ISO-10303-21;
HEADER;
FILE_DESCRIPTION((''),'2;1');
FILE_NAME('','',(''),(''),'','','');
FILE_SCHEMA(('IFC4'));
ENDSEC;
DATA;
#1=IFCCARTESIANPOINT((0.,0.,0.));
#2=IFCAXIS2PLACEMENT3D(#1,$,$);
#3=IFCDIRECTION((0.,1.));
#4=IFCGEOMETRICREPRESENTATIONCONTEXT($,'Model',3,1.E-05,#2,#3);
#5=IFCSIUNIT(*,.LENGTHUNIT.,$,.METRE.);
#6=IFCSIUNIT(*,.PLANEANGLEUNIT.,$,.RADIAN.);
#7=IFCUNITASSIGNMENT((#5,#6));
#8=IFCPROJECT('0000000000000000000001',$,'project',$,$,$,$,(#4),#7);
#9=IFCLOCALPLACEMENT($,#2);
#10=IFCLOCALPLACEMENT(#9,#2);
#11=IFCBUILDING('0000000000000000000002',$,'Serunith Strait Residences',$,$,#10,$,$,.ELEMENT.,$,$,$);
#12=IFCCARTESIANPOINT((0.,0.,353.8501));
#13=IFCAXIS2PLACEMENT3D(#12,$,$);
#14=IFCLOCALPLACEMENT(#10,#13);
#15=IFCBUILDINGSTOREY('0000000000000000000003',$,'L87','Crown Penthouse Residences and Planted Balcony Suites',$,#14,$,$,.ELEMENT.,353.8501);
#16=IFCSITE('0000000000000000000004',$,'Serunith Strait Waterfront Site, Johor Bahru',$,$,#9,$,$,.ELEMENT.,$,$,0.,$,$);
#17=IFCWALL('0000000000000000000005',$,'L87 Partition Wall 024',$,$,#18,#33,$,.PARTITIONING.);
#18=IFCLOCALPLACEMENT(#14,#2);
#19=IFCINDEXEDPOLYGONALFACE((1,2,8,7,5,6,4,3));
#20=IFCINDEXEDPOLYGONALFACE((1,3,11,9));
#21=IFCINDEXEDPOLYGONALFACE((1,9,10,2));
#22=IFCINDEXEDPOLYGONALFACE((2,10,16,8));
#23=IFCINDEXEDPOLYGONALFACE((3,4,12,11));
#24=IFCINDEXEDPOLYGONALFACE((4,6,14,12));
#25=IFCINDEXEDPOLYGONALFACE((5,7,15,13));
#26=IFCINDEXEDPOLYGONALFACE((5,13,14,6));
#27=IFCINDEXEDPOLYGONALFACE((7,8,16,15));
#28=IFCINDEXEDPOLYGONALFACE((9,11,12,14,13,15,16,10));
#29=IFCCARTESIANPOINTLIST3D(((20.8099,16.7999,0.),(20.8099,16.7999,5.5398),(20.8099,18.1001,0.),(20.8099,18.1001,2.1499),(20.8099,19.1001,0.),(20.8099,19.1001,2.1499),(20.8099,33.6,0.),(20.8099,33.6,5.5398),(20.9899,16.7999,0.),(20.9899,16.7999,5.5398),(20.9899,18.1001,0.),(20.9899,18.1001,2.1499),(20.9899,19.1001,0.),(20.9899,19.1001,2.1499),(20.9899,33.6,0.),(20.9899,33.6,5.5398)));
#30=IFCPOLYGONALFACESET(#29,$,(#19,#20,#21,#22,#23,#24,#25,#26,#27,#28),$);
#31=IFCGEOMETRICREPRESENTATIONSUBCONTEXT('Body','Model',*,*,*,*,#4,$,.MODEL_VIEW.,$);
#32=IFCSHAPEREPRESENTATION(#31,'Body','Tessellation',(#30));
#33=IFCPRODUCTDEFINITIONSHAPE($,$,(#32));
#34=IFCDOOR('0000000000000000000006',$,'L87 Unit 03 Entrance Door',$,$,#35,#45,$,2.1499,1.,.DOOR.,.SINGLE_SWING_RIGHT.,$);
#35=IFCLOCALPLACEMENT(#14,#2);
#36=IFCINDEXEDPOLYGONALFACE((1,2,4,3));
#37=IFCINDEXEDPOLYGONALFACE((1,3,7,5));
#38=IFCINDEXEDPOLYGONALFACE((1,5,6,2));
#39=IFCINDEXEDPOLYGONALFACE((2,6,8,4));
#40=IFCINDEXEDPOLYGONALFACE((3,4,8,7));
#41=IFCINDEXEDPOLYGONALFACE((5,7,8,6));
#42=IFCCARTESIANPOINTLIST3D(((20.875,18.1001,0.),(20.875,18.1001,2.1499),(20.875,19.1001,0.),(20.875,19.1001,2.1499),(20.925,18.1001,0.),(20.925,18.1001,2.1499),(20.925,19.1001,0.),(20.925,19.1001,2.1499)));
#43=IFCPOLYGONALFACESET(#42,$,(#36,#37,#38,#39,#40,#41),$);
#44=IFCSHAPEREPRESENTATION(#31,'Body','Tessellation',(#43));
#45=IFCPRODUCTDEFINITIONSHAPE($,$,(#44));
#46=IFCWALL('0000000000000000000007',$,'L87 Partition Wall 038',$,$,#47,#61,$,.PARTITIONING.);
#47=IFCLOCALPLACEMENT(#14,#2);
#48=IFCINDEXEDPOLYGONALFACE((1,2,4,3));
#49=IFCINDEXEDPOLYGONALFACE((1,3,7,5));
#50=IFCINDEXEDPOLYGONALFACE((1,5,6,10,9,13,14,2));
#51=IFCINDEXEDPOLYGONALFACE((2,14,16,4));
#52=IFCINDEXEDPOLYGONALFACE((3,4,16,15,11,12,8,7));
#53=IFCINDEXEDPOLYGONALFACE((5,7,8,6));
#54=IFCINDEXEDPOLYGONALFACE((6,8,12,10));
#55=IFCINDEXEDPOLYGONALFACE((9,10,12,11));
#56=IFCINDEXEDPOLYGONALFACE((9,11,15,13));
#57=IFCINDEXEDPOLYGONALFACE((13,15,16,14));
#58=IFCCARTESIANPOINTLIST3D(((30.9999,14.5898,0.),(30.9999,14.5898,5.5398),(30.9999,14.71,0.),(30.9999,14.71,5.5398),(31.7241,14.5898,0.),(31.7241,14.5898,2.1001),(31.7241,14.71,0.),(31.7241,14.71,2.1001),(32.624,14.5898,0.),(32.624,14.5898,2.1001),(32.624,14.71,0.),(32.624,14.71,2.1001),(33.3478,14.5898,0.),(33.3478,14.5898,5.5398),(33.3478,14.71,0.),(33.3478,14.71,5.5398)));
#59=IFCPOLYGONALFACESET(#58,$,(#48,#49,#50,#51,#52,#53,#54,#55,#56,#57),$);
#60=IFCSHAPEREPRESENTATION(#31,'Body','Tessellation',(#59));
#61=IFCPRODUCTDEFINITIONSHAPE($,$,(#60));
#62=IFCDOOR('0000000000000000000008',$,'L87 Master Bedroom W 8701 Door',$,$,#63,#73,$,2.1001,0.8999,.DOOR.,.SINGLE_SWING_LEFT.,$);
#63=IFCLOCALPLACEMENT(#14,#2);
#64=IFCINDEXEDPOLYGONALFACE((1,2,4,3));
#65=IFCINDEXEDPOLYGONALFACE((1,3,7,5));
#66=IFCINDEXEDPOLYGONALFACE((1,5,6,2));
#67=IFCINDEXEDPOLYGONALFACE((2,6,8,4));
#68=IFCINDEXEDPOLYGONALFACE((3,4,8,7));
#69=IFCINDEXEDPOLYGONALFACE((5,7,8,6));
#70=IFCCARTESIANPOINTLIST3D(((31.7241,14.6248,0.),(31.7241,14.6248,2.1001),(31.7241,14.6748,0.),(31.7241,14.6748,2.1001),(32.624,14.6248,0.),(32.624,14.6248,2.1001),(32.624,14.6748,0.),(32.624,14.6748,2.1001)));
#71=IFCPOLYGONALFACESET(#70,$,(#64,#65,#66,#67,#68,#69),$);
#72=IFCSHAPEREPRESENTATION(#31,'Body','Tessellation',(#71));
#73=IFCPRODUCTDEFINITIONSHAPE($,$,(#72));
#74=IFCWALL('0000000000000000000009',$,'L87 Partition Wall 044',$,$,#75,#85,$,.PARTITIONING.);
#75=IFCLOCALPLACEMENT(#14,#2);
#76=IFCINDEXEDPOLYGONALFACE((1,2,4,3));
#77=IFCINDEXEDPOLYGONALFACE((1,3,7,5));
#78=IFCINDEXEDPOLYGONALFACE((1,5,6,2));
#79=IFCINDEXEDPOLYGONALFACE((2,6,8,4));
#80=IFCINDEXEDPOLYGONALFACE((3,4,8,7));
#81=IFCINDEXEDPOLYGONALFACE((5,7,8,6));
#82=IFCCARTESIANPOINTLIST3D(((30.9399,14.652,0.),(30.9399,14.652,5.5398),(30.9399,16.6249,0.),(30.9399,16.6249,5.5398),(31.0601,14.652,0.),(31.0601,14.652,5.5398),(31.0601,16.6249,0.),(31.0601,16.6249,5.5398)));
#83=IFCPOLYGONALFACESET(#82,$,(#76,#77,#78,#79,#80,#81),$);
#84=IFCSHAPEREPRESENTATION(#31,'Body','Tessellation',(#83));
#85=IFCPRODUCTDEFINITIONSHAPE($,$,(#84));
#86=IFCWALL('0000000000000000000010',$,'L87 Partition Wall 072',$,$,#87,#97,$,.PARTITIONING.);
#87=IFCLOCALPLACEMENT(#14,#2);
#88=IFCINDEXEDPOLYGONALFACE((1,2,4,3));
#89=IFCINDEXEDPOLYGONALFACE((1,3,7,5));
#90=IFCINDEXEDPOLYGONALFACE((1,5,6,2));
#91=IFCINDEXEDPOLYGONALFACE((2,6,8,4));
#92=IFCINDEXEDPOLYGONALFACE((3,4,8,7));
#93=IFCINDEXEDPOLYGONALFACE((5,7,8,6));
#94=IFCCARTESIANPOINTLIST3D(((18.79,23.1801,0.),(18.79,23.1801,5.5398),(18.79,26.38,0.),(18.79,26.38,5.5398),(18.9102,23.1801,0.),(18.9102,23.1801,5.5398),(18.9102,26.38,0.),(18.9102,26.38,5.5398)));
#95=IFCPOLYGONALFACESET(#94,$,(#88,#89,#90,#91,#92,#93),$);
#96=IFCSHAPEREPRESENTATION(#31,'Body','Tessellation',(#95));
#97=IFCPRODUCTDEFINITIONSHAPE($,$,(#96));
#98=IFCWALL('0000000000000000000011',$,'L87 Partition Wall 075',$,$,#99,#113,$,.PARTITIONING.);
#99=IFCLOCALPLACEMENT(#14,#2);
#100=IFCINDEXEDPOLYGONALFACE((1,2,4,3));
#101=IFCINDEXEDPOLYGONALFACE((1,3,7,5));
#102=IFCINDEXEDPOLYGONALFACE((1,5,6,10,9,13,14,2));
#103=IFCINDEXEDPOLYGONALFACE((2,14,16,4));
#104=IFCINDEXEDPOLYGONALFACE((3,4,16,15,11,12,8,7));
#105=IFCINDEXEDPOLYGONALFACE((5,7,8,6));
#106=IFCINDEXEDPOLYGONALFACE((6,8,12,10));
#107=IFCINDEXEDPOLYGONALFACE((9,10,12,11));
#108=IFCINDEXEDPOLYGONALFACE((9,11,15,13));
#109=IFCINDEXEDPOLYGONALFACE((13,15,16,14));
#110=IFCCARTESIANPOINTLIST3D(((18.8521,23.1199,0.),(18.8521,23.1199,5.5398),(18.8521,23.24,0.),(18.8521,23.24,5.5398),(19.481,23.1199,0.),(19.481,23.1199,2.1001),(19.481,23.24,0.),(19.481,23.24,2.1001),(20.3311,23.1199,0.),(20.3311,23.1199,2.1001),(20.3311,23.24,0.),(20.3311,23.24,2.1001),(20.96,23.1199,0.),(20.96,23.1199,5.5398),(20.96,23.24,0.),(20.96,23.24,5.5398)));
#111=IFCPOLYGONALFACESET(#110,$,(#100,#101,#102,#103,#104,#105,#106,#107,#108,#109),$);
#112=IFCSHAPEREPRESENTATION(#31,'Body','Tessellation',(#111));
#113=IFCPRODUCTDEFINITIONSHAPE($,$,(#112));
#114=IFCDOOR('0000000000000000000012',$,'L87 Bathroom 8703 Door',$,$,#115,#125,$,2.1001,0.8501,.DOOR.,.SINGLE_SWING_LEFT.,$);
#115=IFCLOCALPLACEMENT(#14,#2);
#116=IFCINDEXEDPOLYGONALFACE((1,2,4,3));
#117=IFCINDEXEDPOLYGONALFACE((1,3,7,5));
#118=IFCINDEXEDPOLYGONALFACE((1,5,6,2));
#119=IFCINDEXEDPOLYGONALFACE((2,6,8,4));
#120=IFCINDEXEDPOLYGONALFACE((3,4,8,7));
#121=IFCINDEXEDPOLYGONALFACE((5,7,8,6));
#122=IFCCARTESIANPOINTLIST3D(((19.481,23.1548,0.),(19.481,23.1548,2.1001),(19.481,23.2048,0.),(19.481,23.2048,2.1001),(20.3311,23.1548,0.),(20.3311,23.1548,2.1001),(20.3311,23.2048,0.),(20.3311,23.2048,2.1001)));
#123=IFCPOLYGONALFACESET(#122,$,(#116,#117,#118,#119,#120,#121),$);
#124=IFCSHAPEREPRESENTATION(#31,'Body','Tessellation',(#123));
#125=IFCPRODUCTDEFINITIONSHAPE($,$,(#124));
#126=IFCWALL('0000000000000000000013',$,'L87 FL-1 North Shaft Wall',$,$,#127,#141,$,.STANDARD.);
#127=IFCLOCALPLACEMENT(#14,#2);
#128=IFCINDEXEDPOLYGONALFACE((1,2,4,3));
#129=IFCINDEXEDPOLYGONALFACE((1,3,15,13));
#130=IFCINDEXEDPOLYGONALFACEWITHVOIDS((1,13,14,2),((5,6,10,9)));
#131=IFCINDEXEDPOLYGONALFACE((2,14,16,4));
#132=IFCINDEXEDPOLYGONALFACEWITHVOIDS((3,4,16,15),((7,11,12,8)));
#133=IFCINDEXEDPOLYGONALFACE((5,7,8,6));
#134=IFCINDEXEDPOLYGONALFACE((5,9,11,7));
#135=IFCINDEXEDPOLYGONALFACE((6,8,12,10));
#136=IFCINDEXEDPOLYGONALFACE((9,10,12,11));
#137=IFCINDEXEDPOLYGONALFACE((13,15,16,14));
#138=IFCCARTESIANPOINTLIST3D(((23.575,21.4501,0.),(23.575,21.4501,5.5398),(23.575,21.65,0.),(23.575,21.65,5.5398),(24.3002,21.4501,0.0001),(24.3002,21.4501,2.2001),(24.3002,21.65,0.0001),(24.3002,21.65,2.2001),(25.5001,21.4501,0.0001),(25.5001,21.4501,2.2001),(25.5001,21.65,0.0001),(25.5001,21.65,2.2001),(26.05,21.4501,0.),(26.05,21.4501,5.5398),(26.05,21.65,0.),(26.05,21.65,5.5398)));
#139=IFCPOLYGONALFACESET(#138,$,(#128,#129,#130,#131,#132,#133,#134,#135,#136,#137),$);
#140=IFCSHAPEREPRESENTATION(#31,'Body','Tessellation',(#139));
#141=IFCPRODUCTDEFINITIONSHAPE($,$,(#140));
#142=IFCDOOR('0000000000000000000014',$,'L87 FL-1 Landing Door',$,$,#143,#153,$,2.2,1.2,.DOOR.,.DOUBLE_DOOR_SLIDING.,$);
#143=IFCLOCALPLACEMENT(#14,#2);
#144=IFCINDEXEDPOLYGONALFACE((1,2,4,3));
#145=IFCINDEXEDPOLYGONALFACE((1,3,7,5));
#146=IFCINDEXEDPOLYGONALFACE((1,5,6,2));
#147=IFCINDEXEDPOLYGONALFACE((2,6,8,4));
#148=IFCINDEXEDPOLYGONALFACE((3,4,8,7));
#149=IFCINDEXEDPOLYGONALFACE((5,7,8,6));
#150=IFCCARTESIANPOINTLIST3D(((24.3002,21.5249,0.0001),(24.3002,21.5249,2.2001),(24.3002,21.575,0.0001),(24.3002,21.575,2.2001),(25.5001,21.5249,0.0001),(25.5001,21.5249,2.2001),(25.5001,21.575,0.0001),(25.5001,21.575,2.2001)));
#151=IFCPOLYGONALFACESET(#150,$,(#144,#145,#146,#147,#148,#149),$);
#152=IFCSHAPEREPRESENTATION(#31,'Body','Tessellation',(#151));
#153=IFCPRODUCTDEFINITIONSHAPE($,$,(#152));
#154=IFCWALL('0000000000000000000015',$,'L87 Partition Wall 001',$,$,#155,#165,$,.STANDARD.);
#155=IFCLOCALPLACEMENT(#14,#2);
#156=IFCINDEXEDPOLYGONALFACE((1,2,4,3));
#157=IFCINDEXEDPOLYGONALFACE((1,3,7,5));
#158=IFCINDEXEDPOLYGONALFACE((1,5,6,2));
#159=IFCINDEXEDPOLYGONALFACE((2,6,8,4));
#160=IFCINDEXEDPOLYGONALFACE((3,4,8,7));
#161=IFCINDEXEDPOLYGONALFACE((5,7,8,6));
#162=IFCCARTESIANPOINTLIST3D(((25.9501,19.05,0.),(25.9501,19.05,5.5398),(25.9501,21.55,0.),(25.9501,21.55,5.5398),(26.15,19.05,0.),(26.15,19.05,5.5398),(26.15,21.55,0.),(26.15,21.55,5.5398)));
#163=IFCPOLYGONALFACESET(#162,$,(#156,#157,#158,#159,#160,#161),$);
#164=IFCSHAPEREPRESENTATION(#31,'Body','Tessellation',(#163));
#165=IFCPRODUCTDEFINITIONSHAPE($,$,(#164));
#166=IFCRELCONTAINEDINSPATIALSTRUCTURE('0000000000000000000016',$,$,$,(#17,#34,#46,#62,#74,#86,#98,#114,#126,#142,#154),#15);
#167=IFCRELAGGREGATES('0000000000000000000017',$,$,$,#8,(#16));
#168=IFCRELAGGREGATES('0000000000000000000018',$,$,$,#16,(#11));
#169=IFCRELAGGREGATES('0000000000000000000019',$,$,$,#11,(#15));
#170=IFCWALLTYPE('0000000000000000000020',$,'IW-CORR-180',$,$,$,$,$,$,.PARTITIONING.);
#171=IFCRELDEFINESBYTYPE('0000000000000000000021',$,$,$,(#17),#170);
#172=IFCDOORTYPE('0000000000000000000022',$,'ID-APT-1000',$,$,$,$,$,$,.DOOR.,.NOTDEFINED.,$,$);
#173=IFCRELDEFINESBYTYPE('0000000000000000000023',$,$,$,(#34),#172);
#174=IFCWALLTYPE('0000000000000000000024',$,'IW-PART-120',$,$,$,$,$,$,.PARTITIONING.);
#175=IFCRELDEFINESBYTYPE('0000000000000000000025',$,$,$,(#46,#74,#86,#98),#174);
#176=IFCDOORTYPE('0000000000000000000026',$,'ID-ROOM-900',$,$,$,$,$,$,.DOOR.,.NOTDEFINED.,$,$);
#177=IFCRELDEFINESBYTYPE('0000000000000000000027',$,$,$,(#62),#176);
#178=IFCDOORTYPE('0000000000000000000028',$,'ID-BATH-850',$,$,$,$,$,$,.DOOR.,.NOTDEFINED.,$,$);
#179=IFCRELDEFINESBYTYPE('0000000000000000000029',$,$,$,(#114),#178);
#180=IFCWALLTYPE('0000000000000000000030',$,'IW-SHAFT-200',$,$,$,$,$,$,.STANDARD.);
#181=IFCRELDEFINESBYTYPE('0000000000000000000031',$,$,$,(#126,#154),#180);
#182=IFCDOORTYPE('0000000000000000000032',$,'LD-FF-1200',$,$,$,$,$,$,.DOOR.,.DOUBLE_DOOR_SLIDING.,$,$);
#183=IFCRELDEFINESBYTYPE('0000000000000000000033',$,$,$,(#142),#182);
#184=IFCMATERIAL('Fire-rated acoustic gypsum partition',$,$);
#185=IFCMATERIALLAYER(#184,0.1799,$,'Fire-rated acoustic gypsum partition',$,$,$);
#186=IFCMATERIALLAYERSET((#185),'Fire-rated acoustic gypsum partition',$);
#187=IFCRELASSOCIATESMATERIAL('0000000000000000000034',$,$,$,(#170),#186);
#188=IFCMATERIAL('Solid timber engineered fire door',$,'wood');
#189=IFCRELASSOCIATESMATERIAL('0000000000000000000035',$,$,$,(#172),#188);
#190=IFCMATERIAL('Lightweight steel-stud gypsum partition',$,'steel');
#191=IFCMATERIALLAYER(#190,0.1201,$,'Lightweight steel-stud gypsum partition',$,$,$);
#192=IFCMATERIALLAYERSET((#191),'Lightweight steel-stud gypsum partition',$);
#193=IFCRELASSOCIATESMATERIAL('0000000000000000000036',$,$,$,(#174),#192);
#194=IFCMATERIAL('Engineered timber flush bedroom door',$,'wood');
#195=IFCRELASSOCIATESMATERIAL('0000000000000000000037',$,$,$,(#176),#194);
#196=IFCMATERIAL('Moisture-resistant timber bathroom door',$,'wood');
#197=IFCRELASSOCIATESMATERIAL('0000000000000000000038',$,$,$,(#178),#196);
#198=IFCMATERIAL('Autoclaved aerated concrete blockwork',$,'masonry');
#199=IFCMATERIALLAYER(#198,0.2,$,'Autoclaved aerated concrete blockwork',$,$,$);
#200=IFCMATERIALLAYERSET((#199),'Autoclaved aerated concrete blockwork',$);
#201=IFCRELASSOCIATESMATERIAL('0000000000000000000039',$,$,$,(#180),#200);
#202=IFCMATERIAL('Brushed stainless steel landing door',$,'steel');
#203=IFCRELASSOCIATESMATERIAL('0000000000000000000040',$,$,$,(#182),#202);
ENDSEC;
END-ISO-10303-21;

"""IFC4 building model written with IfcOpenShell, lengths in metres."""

from ifc_helpers import new_model, si_unit, direction, frame, frame_2d, origin, place, context, subcontext, project, spatial, rectangle, extrude, source, transform, mapped, material, layer, layer_set, type_object, element, fill, save


model = new_model("IFC4")

# Units and contexts
model_context = context("Model", 3, precision=1e-05, world=origin(), true_north=direction((0.0, 1.0)))
body_context = subcontext(model_context, "Body", "Model", "MODEL_VIEW")
ifc_project = project(units=[si_unit("LENGTHUNIT", "METRE"), si_unit("PLANEANGLEUNIT", "RADIAN")], contexts=[model_context])

# Site, building, storey
site_placement = place(None, origin())
site = spatial("IfcSite", under=ifc_project, at=site_placement, Name="Serunith Strait Waterfront Site, Johor Bahru", CompositionType="ELEMENT", RefElevation=0.0)
building_placement = place(site_placement, origin())
building = spatial("IfcBuilding", under=site, at=building_placement, Name="Serunith Strait Residences", CompositionType="ELEMENT")
storey_placement = place(building_placement, frame((0.0, 0.0, 353.8501)))
storey = spatial("IfcBuildingStorey", under=building, at=storey_placement, Name="L87", Description="Crown Penthouse Residences and Planted Balcony Suites", CompositionType="ELEMENT", Elevation=353.8501)

# Shared definitions
ifc_material_1 = material(Name="Fire-rated acoustic gypsum partition")
ifc_layer_1 = layer(ifc_material_1, 0.1799, Name="Fire-rated acoustic gypsum partition")
ifc_layer_set_1 = layer_set([ifc_layer_1], Name="Fire-rated acoustic gypsum partition")
wall_type_1 = type_object("IfcWallType", Name="IW-CORR-180", PredefinedType="PARTITIONING", material=ifc_layer_set_1)

# Walls, openings, doors
wall_1_placement = place(storey_placement, frame((20.8999, 16.8, 0.0), z_axis=(0.0, 0.0, 1.0), x_axis=(0.0, 1.0, 0.0)))
wall_1 = element("IfcWall", 1, at=wall_1_placement, inside=storey, type_object=wall_type_1, Name="L87 Partition Wall 024", PredefinedType="PARTITIONING", context=body_context, shape_type="SweptSolid", body=[
    extrude(rectangle(XDim=16.8, YDim=0.1799, at=frame_2d((8.3999, 0.0))), origin(), (0.0, 0.0, 1.0), 5.5398),
])
opening_1_placement = place(wall_1_placement, frame((1.3, 0.0, 0.0)))
opening_1 = element("IfcOpeningElement", 2, at=opening_1_placement, cuts=wall_1, PredefinedType="OPENING", context=body_context, shape_type="SweptSolid", body=[
    extrude(rectangle(XDim=1.0, YDim=2.1499, at=frame_2d((0.5, 1.075))), frame((0.0, 0.1001, 0.0), z_axis=(0.0, -1.0, 0.0), x_axis=(1.0, 0.0, 0.0)), (0.0, 0.0, 1.0), 0.2),
])
ifc_material_2 = material(Name="Solid timber engineered fire door", Category="wood")
door_type_1 = type_object("IfcDoorType", Name="ID-APT-1000", OperationType="NOTDEFINED", PredefinedType="DOOR", material=ifc_material_2)
shared_shape_1 = source(origin(), body_context, "Body", "SweptSolid", [
    extrude(rectangle(XDim=1.0, YDim=2.1499, at=frame_2d((0.5, 1.075))), frame((0.0, 0.0249, 0.0), z_axis=(0.0, -1.0, 0.0), x_axis=(1.0, 0.0, 0.0)), (0.0, 0.0, 1.0), 0.05),
])
door_1_placement = place(opening_1_placement, origin())
door_1 = element("IfcDoor", 3, at=door_1_placement, inside=storey, type_object=door_type_1, Name="L87 Unit 03 Entrance Door", OperationType="SINGLE_SWING_RIGHT", OverallHeight=2.1499, OverallWidth=1.0, PredefinedType="DOOR", context=body_context, shape_type="MappedRepresentation", body=[
    mapped(shared_shape_1, transform((0.0, 0.0, 0.0), scale=1.0)),
])
fill(opening_1, door_1)
ifc_material_3 = material(Name="Lightweight steel-stud gypsum partition", Category="steel")
ifc_layer_2 = layer(ifc_material_3, 0.1201, Name="Lightweight steel-stud gypsum partition")
ifc_layer_set_2 = layer_set([ifc_layer_2], Name="Lightweight steel-stud gypsum partition")
wall_type_2 = type_object("IfcWallType", Name="IW-PART-120", PredefinedType="PARTITIONING", material=ifc_layer_set_2)
wall_2_placement = place(storey_placement, frame((31.0, 14.6499, 0.0), z_axis=(0.0, 0.0, 1.0), x_axis=(1.0, 0.0, 0.0)))
wall_2 = element("IfcWall", 4, at=wall_2_placement, inside=storey, type_object=wall_type_2, Name="L87 Partition Wall 038", PredefinedType="PARTITIONING", context=body_context, shape_type="SweptSolid", body=[
    extrude(rectangle(XDim=2.3479, YDim=0.1201, at=frame_2d((1.1738, 0.0))), origin(), (0.0, 0.0, 1.0), 5.5398),
])
opening_2_placement = place(wall_2_placement, frame((0.7241, 0.0, 0.0)))
opening_2 = element("IfcOpeningElement", 5, at=opening_2_placement, cuts=wall_2, PredefinedType="OPENING", context=body_context, shape_type="SweptSolid", body=[
    extrude(rectangle(XDim=0.8999, YDim=2.1001, at=frame_2d((0.45, 1.05))), frame((0.0, 0.0701, 0.0), z_axis=(0.0, -1.0, 0.0), x_axis=(1.0, 0.0, 0.0)), (0.0, 0.0, 1.0), 0.1401),
])
ifc_material_4 = material(Name="Engineered timber flush bedroom door", Category="wood")
door_type_2 = type_object("IfcDoorType", Name="ID-ROOM-900", OperationType="NOTDEFINED", PredefinedType="DOOR", material=ifc_material_4)
shared_shape_2 = source(origin(), body_context, "Body", "SweptSolid", [
    extrude(rectangle(XDim=0.8999, YDim=2.1001, at=frame_2d((0.45, 1.05))), frame((0.0, 0.0249, 0.0), z_axis=(0.0, -1.0, 0.0), x_axis=(1.0, 0.0, 0.0)), (0.0, 0.0, 1.0), 0.05),
])
door_2_placement = place(opening_2_placement, origin())
door_2 = element("IfcDoor", 6, at=door_2_placement, inside=storey, type_object=door_type_2, Name="L87 Master Bedroom W 8701 Door", OperationType="SINGLE_SWING_LEFT", OverallHeight=2.1001, OverallWidth=0.8999, PredefinedType="DOOR", context=body_context, shape_type="MappedRepresentation", body=[
    mapped(shared_shape_2, transform((0.0, 0.0, 0.0), scale=1.0)),
])
fill(opening_2, door_2)

# Walls
wall_3_placement = place(storey_placement, frame((31.0, 14.6521, 0.0), z_axis=(0.0, 0.0, 1.0), x_axis=(0.0, 1.0, 0.0)))
element("IfcWall", 7, at=wall_3_placement, inside=storey, type_object=wall_type_2, Name="L87 Partition Wall 044", PredefinedType="PARTITIONING", context=body_context, shape_type="SweptSolid", body=[
    extrude(rectangle(XDim=1.9729, YDim=0.1201, at=frame_2d((0.9863, 0.0))), origin(), (0.0, 0.0, 1.0), 5.5398),
])
wall_4_placement = place(storey_placement, frame((18.8501, 23.1799, 0.0), z_axis=(0.0, 0.0, 1.0), x_axis=(0.0, 1.0, 0.0)))
element("IfcWall", 8, at=wall_4_placement, inside=storey, type_object=wall_type_2, Name="L87 Partition Wall 072", PredefinedType="PARTITIONING", context=body_context, shape_type="SweptSolid", body=[
    extrude(rectangle(XDim=3.2, YDim=0.1201, at=frame_2d((1.6001, 0.0))), origin(), (0.0, 0.0, 1.0), 5.5398),
])

# Walls, openings, doors
wall_5_placement = place(storey_placement, frame((18.8521, 23.1799, 0.0), z_axis=(0.0, 0.0, 1.0), x_axis=(1.0, 0.0, 0.0)))
wall_5 = element("IfcWall", 9, at=wall_5_placement, inside=storey, type_object=wall_type_2, Name="L87 Partition Wall 075", PredefinedType="PARTITIONING", context=body_context, shape_type="SweptSolid", body=[
    extrude(rectangle(XDim=2.1079, YDim=0.1201, at=frame_2d((1.054, 0.0))), origin(), (0.0, 0.0, 1.0), 5.5398),
])
opening_3_placement = place(wall_5_placement, frame((0.6289, 0.0, 0.0)))
opening_3 = element("IfcOpeningElement", 10, at=opening_3_placement, cuts=wall_5, PredefinedType="OPENING", context=body_context, shape_type="SweptSolid", body=[
    extrude(rectangle(XDim=0.8501, YDim=2.1001, at=frame_2d((0.425, 1.05))), frame((0.0, 0.0701, 0.0), z_axis=(0.0, -1.0, 0.0), x_axis=(1.0, 0.0, 0.0)), (0.0, 0.0, 1.0), 0.1401),
])
ifc_material_5 = material(Name="Moisture-resistant timber bathroom door", Category="wood")
door_type_3 = type_object("IfcDoorType", Name="ID-BATH-850", OperationType="NOTDEFINED", PredefinedType="DOOR", material=ifc_material_5)
shared_shape_3 = source(origin(), body_context, "Body", "SweptSolid", [
    extrude(rectangle(XDim=0.8501, YDim=2.1001, at=frame_2d((0.425, 1.05))), frame((0.0, 0.0249, 0.0), z_axis=(0.0, -1.0, 0.0), x_axis=(1.0, 0.0, 0.0)), (0.0, 0.0, 1.0), 0.05),
])
door_3_placement = place(opening_3_placement, origin())
door_3 = element("IfcDoor", 11, at=door_3_placement, inside=storey, type_object=door_type_3, Name="L87 Bathroom 8703 Door", OperationType="SINGLE_SWING_LEFT", OverallHeight=2.1001, OverallWidth=0.8501, PredefinedType="DOOR", context=body_context, shape_type="MappedRepresentation", body=[
    mapped(shared_shape_3, transform((0.0, 0.0, 0.0), scale=1.0)),
])
fill(opening_3, door_3)
ifc_material_6 = material(Name="Autoclaved aerated concrete blockwork", Category="masonry")
ifc_layer_3 = layer(ifc_material_6, 0.2, Name="Autoclaved aerated concrete blockwork")
ifc_layer_set_3 = layer_set([ifc_layer_3], Name="Autoclaved aerated concrete blockwork")
wall_type_3 = type_object("IfcWallType", Name="IW-SHAFT-200", PredefinedType="STANDARD", material=ifc_layer_set_3)
wall_6_placement = place(storey_placement, frame((23.575, 21.55, 0.0), z_axis=(0.0, 0.0, 1.0), x_axis=(1.0, 0.0, 0.0)))
wall_6 = element("IfcWall", 12, at=wall_6_placement, inside=storey, type_object=wall_type_3, Name="L87 FL-1 North Shaft Wall", PredefinedType="STANDARD", context=body_context, shape_type="SweptSolid", body=[
    extrude(rectangle(XDim=2.4751, YDim=0.2, at=frame_2d((1.2375, 0.0))), origin(), (0.0, 0.0, 1.0), 5.5398),
])
opening_4_placement = place(wall_6_placement, frame((0.7251, 0.0, 0.0)))
opening_4 = element("IfcOpeningElement", 13, at=opening_4_placement, cuts=wall_6, PredefinedType="OPENING", context=body_context, shape_type="SweptSolid", body=[
    extrude(rectangle(XDim=1.2, YDim=2.2, at=frame_2d((0.6001, 1.1001))), frame((0.0, 0.1099, 0.0), z_axis=(0.0, -1.0, 0.0), x_axis=(1.0, 0.0, 0.0)), (0.0, 0.0, 1.0), 0.22),
])
ifc_material_7 = material(Name="Brushed stainless steel landing door", Category="steel")
door_type_4 = type_object("IfcDoorType", Name="LD-FF-1200", OperationType="DOUBLE_DOOR_SLIDING", PredefinedType="DOOR", material=ifc_material_7)
shared_shape_4 = source(origin(), body_context, "Body", "SweptSolid", [
    extrude(rectangle(XDim=1.2, YDim=2.2, at=frame_2d((0.6001, 1.1001))), frame((0.0, 0.0249, 0.0), z_axis=(0.0, -1.0, 0.0), x_axis=(1.0, 0.0, 0.0)), (0.0, 0.0, 1.0), 0.05),
])
door_4_placement = place(opening_4_placement, origin())
door_4 = element("IfcDoor", 14, at=door_4_placement, inside=storey, type_object=door_type_4, Name="L87 FL-1 Landing Door", OperationType="DOUBLE_DOOR_SLIDING", OverallHeight=2.2, OverallWidth=1.2, PredefinedType="DOOR", context=body_context, shape_type="MappedRepresentation", body=[
    mapped(shared_shape_4, transform((0.0, 0.0, 0.0), scale=1.0)),
])
fill(opening_4, door_4)

# Wall
wall_7_placement = place(storey_placement, frame((26.05, 19.05, 0.0), z_axis=(0.0, 0.0, 1.0), x_axis=(0.0, 1.0, 0.0)))
element("IfcWall", 15, at=wall_7_placement, inside=storey, type_object=wall_type_3, Name="L87 Partition Wall 001", PredefinedType="STANDARD", context=body_context, shape_type="SweptSolid", body=[
    extrude(rectangle(XDim=2.5, YDim=0.2, at=frame_2d((1.25, 0.0))), origin(), (0.0, 0.0, 1.0), 5.5398),
])

save(model, "model.ifc")
